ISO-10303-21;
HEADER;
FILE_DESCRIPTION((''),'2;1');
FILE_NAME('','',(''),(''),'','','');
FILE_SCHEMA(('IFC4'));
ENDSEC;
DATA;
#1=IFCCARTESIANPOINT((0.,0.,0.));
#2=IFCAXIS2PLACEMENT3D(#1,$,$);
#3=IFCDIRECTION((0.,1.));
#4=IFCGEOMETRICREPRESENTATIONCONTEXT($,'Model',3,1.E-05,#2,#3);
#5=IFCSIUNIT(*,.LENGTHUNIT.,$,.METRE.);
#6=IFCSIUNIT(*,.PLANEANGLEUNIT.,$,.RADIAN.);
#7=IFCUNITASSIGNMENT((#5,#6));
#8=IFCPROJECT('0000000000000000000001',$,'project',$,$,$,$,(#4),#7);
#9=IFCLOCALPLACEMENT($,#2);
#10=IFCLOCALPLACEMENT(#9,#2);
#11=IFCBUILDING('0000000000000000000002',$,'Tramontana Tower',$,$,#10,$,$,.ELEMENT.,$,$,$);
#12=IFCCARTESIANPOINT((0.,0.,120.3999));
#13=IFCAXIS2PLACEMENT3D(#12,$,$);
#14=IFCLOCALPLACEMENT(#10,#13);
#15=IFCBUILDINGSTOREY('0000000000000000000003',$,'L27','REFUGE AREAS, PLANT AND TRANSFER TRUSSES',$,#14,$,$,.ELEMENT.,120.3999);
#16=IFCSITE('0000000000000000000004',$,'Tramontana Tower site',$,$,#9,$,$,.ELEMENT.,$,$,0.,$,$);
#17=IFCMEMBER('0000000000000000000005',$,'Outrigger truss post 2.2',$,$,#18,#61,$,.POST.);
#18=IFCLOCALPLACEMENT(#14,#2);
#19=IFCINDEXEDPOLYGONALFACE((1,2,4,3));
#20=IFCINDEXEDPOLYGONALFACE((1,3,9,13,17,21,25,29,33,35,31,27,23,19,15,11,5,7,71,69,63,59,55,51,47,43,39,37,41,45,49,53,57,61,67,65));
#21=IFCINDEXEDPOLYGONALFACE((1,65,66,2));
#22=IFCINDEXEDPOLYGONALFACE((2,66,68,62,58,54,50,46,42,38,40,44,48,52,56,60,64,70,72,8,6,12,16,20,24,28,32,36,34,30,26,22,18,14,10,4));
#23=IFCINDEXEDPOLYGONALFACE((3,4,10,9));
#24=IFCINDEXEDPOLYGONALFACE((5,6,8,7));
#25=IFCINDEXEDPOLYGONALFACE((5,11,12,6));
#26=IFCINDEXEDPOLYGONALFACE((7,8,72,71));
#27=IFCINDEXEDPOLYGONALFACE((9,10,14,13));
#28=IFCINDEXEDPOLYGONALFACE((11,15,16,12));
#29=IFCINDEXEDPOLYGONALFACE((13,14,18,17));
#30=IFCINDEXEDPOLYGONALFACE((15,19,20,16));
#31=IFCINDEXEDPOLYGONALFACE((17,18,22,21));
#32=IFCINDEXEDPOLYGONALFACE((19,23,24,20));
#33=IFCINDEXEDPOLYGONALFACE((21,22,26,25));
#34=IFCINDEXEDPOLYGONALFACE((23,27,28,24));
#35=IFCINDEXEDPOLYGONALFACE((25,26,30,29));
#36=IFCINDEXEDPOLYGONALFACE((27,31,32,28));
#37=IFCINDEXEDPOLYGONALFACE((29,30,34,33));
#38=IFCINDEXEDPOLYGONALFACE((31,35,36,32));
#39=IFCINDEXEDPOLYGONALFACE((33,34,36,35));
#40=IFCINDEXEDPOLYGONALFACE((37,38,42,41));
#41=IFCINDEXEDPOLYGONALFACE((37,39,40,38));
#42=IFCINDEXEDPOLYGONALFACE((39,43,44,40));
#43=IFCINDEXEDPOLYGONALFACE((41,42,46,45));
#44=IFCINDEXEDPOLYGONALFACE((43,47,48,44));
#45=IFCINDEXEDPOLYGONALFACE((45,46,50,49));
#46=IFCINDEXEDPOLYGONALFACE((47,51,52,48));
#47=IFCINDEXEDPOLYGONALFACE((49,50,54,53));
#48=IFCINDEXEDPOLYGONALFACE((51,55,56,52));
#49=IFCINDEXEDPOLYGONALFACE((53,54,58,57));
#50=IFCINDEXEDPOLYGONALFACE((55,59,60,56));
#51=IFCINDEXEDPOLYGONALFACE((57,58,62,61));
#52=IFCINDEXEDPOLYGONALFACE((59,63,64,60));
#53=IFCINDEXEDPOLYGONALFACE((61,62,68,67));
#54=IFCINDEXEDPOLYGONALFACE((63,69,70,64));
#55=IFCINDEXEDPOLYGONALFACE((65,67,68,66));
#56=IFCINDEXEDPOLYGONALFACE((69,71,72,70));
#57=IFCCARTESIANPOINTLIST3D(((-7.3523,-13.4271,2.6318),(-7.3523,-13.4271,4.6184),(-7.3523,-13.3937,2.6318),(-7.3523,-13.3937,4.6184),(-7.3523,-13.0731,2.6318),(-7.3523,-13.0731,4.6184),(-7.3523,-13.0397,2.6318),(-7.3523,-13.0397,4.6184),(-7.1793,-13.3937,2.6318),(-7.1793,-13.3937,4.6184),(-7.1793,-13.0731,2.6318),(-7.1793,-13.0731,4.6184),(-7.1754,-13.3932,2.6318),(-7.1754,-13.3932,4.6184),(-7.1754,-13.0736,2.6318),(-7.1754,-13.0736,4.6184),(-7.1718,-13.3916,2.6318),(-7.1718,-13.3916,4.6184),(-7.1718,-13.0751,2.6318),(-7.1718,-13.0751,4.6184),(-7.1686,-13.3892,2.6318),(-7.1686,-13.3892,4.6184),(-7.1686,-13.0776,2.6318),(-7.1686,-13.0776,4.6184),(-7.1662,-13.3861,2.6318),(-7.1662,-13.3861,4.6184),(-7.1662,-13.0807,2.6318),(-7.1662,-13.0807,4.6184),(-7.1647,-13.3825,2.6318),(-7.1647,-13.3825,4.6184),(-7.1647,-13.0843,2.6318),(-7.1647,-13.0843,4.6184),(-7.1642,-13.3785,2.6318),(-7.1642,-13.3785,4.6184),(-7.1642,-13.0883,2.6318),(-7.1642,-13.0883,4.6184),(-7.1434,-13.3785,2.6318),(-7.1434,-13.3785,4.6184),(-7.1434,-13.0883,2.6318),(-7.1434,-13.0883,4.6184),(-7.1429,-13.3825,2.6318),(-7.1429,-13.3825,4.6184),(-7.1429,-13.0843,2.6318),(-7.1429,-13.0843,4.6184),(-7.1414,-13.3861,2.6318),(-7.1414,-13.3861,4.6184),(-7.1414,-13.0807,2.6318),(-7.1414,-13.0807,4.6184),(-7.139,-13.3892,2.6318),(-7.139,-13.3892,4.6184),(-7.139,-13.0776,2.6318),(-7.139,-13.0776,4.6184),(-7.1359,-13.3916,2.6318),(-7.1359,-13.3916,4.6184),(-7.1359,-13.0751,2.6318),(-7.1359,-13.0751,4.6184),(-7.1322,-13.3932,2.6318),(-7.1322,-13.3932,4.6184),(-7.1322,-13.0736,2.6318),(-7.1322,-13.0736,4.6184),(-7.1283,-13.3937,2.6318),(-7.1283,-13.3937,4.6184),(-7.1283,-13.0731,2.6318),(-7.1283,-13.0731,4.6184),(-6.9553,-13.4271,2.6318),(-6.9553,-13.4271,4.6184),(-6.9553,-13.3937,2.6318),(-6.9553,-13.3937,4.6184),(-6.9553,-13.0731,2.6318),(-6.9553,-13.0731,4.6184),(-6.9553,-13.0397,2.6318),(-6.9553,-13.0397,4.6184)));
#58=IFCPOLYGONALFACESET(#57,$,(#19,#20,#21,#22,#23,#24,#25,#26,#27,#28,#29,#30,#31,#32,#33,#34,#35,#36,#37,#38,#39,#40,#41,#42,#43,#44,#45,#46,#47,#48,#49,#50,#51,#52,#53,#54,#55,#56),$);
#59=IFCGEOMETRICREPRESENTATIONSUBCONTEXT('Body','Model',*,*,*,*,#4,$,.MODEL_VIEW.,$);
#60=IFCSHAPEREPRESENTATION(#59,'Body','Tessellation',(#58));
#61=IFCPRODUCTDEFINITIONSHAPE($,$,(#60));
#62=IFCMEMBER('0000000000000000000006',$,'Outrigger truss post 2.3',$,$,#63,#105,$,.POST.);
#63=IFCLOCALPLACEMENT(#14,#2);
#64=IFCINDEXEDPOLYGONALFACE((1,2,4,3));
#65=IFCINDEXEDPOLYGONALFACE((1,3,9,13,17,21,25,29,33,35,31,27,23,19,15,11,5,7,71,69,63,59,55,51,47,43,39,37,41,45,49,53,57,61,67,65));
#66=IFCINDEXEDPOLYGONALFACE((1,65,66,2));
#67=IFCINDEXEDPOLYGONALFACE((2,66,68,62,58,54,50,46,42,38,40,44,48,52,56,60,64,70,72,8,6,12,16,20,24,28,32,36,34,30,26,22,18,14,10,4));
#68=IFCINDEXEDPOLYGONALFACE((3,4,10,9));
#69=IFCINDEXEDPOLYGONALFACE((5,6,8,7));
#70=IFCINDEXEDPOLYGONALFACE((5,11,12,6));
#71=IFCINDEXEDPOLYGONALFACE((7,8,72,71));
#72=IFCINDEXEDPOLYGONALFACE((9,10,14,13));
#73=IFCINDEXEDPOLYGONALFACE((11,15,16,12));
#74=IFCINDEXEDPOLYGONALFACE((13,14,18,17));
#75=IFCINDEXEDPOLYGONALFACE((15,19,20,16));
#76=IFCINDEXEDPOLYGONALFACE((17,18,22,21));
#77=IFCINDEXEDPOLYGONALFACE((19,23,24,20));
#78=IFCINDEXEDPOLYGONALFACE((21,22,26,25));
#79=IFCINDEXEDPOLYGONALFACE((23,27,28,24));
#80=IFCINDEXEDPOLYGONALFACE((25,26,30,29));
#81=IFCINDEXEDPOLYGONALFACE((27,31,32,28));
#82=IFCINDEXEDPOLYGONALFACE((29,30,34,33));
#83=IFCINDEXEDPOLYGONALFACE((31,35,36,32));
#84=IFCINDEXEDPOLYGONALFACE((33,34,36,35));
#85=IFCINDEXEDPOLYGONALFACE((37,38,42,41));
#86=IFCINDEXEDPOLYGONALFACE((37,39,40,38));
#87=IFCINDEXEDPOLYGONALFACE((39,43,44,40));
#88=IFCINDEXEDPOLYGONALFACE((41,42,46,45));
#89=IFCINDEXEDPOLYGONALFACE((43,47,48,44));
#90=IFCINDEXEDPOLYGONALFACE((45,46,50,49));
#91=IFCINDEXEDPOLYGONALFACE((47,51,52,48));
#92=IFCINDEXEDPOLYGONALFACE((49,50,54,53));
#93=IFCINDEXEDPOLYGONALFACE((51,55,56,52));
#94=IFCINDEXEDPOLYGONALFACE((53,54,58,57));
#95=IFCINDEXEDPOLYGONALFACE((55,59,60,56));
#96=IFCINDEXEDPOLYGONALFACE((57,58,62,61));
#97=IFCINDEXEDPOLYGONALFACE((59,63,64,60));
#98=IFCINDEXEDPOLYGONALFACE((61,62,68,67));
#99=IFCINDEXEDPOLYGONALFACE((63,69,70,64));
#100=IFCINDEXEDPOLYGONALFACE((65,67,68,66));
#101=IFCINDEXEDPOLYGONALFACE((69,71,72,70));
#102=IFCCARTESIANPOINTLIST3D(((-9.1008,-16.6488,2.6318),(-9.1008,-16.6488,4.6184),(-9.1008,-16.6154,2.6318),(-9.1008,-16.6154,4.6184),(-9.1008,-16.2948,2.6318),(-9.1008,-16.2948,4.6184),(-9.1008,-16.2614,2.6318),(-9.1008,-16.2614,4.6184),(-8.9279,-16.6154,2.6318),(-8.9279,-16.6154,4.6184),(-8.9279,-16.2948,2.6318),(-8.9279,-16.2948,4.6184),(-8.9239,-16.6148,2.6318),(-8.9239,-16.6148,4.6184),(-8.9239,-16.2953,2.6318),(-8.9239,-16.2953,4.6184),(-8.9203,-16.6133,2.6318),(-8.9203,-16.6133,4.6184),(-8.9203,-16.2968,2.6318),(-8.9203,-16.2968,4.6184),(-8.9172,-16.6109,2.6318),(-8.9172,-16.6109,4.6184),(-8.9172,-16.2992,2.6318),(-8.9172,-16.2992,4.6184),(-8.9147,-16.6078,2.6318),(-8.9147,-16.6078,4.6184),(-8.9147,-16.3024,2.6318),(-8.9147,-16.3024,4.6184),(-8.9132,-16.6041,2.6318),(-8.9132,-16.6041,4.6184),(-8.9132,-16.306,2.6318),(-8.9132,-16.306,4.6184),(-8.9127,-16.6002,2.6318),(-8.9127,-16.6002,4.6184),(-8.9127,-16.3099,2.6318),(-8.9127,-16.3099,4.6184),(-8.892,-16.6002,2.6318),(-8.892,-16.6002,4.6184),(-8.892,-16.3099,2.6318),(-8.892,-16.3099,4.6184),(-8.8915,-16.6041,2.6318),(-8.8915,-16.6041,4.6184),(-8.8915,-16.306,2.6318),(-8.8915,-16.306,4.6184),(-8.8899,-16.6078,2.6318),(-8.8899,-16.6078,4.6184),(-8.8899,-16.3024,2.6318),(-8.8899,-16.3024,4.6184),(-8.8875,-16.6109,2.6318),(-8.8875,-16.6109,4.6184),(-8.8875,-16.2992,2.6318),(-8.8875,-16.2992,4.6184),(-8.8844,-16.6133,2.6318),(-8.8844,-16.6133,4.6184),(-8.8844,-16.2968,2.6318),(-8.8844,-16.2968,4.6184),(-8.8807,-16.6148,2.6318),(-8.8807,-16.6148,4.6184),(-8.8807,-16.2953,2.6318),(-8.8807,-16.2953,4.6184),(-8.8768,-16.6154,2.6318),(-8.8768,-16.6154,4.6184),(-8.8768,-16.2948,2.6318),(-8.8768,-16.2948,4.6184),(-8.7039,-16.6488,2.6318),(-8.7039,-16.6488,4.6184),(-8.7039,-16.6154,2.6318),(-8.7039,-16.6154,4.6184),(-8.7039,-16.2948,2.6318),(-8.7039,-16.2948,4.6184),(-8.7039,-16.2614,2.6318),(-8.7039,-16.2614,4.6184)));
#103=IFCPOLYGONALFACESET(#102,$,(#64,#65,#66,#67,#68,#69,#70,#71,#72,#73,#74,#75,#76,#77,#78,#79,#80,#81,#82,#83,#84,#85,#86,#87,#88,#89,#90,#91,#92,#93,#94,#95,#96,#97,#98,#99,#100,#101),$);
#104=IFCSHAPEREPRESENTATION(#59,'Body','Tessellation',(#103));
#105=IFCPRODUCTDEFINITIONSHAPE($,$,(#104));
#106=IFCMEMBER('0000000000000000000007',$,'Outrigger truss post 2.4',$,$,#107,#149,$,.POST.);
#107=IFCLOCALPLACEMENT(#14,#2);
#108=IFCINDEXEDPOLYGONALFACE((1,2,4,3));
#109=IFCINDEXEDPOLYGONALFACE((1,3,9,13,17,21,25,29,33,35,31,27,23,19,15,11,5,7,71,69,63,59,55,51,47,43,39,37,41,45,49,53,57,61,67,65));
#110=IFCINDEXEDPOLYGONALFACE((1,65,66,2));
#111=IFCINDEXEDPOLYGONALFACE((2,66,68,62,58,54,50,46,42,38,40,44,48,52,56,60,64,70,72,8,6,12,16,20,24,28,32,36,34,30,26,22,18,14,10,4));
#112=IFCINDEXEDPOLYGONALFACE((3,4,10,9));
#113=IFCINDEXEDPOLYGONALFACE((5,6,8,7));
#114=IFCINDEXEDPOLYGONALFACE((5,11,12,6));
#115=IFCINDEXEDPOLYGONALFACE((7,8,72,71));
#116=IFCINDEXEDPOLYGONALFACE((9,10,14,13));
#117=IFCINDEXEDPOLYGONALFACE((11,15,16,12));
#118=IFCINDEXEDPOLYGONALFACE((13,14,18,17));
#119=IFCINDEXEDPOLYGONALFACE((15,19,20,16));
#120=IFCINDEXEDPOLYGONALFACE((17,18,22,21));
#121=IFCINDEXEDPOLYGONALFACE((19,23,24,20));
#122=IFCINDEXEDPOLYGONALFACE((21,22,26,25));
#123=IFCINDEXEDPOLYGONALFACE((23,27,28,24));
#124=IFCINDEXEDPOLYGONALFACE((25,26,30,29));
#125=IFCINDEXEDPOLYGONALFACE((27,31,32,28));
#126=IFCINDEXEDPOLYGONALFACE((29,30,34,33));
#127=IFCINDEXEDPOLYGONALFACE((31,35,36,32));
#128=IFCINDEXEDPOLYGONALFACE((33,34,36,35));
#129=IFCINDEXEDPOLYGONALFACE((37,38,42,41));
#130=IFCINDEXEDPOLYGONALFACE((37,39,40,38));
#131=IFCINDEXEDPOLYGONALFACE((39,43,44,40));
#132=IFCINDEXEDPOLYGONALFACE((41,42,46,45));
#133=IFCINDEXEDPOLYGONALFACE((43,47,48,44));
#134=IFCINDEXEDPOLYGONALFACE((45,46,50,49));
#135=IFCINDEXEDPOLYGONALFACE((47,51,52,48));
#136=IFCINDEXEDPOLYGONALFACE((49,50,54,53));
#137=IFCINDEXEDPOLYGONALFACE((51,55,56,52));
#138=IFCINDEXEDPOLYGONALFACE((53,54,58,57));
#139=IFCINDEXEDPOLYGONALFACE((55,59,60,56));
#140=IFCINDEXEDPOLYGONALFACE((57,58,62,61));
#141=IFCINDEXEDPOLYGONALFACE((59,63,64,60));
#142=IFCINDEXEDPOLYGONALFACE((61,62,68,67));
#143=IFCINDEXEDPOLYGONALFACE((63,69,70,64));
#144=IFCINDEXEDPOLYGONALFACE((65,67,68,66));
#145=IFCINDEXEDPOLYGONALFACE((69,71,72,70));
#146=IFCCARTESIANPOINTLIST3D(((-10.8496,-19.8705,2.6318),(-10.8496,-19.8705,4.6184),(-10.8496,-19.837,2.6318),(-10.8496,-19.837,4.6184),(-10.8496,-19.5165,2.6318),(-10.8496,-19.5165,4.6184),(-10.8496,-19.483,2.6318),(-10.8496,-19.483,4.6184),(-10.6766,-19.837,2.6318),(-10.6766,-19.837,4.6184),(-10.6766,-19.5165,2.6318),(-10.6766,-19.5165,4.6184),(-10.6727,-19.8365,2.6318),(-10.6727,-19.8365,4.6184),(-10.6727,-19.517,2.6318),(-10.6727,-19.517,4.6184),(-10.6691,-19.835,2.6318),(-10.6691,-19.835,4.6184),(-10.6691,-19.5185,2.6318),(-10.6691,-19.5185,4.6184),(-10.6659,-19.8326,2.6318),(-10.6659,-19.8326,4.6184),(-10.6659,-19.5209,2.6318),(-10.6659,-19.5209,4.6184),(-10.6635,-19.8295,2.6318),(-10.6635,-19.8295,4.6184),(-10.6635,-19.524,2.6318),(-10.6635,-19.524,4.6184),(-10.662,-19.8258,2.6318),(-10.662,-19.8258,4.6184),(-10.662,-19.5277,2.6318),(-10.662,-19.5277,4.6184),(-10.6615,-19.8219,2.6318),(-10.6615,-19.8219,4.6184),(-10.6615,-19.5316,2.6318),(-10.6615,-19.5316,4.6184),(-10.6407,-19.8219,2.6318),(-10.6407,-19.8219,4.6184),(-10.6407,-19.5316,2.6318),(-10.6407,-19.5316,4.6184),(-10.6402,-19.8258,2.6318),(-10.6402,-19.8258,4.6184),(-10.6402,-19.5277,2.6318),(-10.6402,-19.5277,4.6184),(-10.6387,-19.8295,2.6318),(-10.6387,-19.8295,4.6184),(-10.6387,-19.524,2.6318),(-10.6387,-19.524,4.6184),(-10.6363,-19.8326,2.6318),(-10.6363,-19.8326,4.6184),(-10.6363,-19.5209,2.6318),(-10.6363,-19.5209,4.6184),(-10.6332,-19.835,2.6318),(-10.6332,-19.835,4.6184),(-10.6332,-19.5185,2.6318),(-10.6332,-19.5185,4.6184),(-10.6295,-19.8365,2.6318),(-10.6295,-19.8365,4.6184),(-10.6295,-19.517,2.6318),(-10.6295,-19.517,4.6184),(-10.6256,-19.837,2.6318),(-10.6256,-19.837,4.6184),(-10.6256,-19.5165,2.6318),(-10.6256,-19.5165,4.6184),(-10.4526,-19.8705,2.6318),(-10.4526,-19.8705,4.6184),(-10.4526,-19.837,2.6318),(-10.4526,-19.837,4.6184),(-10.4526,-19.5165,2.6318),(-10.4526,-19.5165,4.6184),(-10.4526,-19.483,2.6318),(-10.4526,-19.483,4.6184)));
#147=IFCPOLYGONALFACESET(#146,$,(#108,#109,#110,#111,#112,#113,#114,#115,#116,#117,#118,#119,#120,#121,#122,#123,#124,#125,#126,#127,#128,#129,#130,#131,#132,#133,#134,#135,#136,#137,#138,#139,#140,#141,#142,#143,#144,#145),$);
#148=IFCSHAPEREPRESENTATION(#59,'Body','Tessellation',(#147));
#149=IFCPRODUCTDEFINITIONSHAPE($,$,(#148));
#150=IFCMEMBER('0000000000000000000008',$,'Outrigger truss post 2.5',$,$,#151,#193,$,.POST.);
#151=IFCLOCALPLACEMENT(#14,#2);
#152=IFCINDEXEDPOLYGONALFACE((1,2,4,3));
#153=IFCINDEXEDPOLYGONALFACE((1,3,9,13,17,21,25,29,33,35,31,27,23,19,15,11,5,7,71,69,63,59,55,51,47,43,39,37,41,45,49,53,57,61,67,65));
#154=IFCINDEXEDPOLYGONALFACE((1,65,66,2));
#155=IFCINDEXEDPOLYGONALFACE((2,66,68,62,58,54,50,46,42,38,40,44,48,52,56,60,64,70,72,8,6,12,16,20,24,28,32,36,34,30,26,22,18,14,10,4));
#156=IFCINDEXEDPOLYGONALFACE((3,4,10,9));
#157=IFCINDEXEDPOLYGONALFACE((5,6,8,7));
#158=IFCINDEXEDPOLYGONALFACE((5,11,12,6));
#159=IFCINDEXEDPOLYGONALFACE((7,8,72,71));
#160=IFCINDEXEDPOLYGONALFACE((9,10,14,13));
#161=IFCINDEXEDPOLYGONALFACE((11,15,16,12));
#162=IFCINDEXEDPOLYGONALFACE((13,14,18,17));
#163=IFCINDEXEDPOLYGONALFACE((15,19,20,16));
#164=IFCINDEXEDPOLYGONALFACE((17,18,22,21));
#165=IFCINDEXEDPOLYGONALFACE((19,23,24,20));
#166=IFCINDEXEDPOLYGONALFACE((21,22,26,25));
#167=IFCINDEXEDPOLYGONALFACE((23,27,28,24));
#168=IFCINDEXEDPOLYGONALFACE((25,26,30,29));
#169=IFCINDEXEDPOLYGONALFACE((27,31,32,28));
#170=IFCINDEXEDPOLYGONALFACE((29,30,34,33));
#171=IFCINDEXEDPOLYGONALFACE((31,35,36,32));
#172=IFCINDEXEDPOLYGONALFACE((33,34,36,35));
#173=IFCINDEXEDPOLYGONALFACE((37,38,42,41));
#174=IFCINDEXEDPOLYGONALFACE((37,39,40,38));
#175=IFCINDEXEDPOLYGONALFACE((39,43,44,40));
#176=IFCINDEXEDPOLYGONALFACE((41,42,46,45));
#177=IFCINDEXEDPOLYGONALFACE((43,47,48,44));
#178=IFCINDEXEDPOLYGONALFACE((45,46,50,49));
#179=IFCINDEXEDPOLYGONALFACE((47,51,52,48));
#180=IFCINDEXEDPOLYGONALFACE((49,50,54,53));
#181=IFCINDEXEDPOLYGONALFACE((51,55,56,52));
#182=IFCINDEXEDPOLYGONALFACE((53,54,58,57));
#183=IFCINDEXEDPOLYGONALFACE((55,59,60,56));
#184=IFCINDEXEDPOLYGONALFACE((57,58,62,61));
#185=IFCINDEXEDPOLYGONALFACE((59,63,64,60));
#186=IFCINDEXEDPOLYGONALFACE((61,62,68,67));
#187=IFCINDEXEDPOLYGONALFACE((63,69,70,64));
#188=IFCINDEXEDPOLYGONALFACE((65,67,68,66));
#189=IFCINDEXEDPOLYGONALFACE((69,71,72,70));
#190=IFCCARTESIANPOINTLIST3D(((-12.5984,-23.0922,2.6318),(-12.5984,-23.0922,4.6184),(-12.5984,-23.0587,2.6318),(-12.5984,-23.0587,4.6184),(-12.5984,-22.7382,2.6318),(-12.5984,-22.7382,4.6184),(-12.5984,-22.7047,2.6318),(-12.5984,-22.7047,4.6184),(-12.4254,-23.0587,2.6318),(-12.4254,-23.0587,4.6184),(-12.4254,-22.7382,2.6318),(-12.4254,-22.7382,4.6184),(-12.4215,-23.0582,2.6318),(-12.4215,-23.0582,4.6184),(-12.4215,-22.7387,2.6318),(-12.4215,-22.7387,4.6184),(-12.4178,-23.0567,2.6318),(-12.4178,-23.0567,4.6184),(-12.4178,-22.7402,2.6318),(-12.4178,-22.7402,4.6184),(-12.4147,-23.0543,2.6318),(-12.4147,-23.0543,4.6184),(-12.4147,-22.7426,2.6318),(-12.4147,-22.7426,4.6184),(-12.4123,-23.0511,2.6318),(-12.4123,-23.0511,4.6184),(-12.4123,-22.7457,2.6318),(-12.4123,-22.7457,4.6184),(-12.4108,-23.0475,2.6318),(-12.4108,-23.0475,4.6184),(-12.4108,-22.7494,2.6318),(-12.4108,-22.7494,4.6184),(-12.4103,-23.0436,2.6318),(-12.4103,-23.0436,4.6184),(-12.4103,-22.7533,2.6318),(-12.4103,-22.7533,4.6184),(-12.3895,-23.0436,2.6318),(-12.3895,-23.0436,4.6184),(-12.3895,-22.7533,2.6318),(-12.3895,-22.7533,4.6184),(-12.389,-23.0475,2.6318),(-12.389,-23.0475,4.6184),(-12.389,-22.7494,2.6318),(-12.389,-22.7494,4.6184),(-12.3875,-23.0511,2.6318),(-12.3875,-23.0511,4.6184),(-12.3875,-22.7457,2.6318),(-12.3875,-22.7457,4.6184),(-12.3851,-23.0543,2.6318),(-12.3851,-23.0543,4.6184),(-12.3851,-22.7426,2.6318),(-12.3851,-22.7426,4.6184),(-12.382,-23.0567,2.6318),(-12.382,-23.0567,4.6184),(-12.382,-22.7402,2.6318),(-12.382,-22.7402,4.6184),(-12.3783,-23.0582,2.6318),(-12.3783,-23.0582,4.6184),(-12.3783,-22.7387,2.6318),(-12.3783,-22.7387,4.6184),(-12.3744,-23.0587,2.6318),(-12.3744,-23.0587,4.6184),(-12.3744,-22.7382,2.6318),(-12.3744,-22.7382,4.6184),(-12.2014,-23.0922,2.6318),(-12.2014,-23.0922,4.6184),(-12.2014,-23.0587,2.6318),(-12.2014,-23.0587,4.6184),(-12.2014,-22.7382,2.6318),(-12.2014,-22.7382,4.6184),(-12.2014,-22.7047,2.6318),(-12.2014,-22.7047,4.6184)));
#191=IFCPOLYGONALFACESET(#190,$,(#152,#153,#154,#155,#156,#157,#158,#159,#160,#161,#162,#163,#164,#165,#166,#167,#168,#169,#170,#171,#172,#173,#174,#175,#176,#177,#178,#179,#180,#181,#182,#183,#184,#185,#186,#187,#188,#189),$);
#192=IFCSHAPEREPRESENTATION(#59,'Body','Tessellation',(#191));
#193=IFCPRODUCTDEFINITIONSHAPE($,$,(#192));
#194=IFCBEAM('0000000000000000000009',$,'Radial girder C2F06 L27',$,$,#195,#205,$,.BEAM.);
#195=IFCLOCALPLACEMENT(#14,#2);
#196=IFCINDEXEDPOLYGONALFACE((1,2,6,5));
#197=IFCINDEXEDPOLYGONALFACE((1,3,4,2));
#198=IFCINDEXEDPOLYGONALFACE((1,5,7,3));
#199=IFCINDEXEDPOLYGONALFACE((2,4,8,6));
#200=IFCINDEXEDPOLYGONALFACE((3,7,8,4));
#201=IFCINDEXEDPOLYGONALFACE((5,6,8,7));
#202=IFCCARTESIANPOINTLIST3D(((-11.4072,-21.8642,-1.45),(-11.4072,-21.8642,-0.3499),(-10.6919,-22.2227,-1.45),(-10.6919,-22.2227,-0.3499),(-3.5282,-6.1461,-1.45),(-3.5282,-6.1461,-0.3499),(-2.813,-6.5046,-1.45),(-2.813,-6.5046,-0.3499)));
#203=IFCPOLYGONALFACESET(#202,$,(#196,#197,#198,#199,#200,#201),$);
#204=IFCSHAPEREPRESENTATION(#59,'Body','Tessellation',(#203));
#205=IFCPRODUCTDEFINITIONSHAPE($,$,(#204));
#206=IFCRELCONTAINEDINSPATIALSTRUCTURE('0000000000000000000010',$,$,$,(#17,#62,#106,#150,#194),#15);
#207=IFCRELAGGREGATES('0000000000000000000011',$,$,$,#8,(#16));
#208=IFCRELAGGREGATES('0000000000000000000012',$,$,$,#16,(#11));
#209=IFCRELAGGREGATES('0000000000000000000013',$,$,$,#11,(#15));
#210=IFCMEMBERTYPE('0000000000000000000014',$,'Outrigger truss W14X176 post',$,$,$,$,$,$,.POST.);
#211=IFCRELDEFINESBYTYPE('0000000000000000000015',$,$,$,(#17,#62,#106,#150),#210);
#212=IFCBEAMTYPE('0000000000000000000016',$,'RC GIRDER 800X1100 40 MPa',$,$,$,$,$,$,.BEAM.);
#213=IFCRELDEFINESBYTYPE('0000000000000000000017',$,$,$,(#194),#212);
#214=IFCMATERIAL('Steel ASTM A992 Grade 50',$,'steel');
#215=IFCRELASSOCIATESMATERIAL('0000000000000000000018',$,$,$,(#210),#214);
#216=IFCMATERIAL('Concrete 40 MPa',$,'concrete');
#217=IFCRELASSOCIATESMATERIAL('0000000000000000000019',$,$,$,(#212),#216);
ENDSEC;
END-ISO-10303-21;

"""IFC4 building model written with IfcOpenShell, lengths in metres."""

from ifc_helpers import new_model, si_unit, direction, frame, origin, origin_2d, place, context, subcontext, project, spatial, rectangle, i_section, extrude, material, material_profile, profile_set, type_object, element, save


model = new_model("IFC4")

# Units and contexts
model_context = context("Model", 3, precision=1e-05, world=origin(), true_north=direction((0.0, 1.0)))
body_context = subcontext(model_context, "Body", "Model", "MODEL_VIEW")
ifc_project = project(units=[si_unit("LENGTHUNIT", "METRE"), si_unit("PLANEANGLEUNIT", "RADIAN")], contexts=[model_context])

# Site, building, storey
site_placement = place(None, origin())
site = spatial("IfcSite", under=ifc_project, at=site_placement, Name="Tramontana Tower site", CompositionType="ELEMENT", RefElevation=0.0)
building_placement = place(site_placement, origin())
building = spatial("IfcBuilding", under=site, at=building_placement, Name="Tramontana Tower", CompositionType="ELEMENT")
storey_placement = place(building_placement, frame((0.0, 0.0, 120.3999)))
storey = spatial("IfcBuildingStorey", under=building, at=storey_placement, Name="L27", Description="REFUGE AREAS, PLANT AND TRANSFER TRUSSES", CompositionType="ELEMENT", Elevation=120.3999)

# Members
ifc_material_1 = material(Name="Steel ASTM A992 Grade 50", Category="steel")
ifc_material_profile_1 = material_profile(ifc_material_1, i_section(OverallWidth=0.397, OverallDepth=0.3875, WebThickness=0.0208, FlangeThickness=0.0334, FilletRadius=0.0151, at=origin_2d()), Name="W14X176")
ifc_profile_set_1 = profile_set([ifc_material_profile_1], Name="Steel ASTM A992 Grade 50")
member_type_1 = type_object("IfcMemberType", Name="Outrigger truss W14X176 post", PredefinedType="POST", material=ifc_profile_set_1)
for number, where, z_axis, x_axis, name in (
    (1, (-7.1538, -13.2334, 2.6318), (0.0, 0.0, 1.0), (1.0, 0.0, 0.0), "Outrigger truss post 2.2"),
    (2, (-8.9023, -16.4551, 2.6318), (0.0, 0.0, 1.0), (1.0, 0.0, 0.0), "Outrigger truss post 2.3"),
    (3, (-10.6511, -19.6768, 2.6318), (0.0, 0.0, 1.0), (1.0, 0.0, 0.0), "Outrigger truss post 2.4"),
    (4, (-12.3999, -22.8984, 2.6318), (0.0, 0.0, 1.0), (1.0, 0.0, 0.0), "Outrigger truss post 2.5"),
):
    element("IfcMember", number, at=place(storey_placement, frame(where, z_axis=z_axis, x_axis=x_axis)), inside=storey, type_object=member_type_1, Name=name, PredefinedType="POST", context=body_context, shape_type="SweptSolid", body=[
        extrude(i_section(OverallWidth=0.397, OverallDepth=0.3875, WebThickness=0.0208, FlangeThickness=0.0334, FilletRadius=0.0151, at=origin_2d()), origin(), (0.0, 0.0, 1.0), 1.9866),
    ])

# Beam
ifc_material_2 = material(Name="Concrete 40 MPa", Category="concrete")
ifc_material_profile_2 = material_profile(ifc_material_2, rectangle(XDim=0.8, YDim=1.1001, at=origin_2d()), Name="RC GIRDER 800X1100 40 MPa")
ifc_profile_set_2 = profile_set([ifc_material_profile_2], Name="Concrete 40 MPa")
beam_type = type_object("IfcBeamType", Name="RC GIRDER 800X1100 40 MPa", PredefinedType="BEAM", material=ifc_profile_set_2)
beam_placement = place(storey_placement, frame((-11.0496, -22.0435, -0.8999), z_axis=(0.448119, 0.893974, 0.0), x_axis=(-0.893974, 0.448119, 0.0)))
element("IfcBeam", 5, at=beam_placement, inside=storey, type_object=beam_type, Name="Radial girder C2F06 L27", PredefinedType="BEAM", context=body_context, shape_type="SweptSolid", body=[
    extrude(rectangle(XDim=0.8, YDim=1.1001, at=origin_2d()), origin(), (0.0, 0.0, 1.0), 17.5823),
])

save(model, "model.ifc")
